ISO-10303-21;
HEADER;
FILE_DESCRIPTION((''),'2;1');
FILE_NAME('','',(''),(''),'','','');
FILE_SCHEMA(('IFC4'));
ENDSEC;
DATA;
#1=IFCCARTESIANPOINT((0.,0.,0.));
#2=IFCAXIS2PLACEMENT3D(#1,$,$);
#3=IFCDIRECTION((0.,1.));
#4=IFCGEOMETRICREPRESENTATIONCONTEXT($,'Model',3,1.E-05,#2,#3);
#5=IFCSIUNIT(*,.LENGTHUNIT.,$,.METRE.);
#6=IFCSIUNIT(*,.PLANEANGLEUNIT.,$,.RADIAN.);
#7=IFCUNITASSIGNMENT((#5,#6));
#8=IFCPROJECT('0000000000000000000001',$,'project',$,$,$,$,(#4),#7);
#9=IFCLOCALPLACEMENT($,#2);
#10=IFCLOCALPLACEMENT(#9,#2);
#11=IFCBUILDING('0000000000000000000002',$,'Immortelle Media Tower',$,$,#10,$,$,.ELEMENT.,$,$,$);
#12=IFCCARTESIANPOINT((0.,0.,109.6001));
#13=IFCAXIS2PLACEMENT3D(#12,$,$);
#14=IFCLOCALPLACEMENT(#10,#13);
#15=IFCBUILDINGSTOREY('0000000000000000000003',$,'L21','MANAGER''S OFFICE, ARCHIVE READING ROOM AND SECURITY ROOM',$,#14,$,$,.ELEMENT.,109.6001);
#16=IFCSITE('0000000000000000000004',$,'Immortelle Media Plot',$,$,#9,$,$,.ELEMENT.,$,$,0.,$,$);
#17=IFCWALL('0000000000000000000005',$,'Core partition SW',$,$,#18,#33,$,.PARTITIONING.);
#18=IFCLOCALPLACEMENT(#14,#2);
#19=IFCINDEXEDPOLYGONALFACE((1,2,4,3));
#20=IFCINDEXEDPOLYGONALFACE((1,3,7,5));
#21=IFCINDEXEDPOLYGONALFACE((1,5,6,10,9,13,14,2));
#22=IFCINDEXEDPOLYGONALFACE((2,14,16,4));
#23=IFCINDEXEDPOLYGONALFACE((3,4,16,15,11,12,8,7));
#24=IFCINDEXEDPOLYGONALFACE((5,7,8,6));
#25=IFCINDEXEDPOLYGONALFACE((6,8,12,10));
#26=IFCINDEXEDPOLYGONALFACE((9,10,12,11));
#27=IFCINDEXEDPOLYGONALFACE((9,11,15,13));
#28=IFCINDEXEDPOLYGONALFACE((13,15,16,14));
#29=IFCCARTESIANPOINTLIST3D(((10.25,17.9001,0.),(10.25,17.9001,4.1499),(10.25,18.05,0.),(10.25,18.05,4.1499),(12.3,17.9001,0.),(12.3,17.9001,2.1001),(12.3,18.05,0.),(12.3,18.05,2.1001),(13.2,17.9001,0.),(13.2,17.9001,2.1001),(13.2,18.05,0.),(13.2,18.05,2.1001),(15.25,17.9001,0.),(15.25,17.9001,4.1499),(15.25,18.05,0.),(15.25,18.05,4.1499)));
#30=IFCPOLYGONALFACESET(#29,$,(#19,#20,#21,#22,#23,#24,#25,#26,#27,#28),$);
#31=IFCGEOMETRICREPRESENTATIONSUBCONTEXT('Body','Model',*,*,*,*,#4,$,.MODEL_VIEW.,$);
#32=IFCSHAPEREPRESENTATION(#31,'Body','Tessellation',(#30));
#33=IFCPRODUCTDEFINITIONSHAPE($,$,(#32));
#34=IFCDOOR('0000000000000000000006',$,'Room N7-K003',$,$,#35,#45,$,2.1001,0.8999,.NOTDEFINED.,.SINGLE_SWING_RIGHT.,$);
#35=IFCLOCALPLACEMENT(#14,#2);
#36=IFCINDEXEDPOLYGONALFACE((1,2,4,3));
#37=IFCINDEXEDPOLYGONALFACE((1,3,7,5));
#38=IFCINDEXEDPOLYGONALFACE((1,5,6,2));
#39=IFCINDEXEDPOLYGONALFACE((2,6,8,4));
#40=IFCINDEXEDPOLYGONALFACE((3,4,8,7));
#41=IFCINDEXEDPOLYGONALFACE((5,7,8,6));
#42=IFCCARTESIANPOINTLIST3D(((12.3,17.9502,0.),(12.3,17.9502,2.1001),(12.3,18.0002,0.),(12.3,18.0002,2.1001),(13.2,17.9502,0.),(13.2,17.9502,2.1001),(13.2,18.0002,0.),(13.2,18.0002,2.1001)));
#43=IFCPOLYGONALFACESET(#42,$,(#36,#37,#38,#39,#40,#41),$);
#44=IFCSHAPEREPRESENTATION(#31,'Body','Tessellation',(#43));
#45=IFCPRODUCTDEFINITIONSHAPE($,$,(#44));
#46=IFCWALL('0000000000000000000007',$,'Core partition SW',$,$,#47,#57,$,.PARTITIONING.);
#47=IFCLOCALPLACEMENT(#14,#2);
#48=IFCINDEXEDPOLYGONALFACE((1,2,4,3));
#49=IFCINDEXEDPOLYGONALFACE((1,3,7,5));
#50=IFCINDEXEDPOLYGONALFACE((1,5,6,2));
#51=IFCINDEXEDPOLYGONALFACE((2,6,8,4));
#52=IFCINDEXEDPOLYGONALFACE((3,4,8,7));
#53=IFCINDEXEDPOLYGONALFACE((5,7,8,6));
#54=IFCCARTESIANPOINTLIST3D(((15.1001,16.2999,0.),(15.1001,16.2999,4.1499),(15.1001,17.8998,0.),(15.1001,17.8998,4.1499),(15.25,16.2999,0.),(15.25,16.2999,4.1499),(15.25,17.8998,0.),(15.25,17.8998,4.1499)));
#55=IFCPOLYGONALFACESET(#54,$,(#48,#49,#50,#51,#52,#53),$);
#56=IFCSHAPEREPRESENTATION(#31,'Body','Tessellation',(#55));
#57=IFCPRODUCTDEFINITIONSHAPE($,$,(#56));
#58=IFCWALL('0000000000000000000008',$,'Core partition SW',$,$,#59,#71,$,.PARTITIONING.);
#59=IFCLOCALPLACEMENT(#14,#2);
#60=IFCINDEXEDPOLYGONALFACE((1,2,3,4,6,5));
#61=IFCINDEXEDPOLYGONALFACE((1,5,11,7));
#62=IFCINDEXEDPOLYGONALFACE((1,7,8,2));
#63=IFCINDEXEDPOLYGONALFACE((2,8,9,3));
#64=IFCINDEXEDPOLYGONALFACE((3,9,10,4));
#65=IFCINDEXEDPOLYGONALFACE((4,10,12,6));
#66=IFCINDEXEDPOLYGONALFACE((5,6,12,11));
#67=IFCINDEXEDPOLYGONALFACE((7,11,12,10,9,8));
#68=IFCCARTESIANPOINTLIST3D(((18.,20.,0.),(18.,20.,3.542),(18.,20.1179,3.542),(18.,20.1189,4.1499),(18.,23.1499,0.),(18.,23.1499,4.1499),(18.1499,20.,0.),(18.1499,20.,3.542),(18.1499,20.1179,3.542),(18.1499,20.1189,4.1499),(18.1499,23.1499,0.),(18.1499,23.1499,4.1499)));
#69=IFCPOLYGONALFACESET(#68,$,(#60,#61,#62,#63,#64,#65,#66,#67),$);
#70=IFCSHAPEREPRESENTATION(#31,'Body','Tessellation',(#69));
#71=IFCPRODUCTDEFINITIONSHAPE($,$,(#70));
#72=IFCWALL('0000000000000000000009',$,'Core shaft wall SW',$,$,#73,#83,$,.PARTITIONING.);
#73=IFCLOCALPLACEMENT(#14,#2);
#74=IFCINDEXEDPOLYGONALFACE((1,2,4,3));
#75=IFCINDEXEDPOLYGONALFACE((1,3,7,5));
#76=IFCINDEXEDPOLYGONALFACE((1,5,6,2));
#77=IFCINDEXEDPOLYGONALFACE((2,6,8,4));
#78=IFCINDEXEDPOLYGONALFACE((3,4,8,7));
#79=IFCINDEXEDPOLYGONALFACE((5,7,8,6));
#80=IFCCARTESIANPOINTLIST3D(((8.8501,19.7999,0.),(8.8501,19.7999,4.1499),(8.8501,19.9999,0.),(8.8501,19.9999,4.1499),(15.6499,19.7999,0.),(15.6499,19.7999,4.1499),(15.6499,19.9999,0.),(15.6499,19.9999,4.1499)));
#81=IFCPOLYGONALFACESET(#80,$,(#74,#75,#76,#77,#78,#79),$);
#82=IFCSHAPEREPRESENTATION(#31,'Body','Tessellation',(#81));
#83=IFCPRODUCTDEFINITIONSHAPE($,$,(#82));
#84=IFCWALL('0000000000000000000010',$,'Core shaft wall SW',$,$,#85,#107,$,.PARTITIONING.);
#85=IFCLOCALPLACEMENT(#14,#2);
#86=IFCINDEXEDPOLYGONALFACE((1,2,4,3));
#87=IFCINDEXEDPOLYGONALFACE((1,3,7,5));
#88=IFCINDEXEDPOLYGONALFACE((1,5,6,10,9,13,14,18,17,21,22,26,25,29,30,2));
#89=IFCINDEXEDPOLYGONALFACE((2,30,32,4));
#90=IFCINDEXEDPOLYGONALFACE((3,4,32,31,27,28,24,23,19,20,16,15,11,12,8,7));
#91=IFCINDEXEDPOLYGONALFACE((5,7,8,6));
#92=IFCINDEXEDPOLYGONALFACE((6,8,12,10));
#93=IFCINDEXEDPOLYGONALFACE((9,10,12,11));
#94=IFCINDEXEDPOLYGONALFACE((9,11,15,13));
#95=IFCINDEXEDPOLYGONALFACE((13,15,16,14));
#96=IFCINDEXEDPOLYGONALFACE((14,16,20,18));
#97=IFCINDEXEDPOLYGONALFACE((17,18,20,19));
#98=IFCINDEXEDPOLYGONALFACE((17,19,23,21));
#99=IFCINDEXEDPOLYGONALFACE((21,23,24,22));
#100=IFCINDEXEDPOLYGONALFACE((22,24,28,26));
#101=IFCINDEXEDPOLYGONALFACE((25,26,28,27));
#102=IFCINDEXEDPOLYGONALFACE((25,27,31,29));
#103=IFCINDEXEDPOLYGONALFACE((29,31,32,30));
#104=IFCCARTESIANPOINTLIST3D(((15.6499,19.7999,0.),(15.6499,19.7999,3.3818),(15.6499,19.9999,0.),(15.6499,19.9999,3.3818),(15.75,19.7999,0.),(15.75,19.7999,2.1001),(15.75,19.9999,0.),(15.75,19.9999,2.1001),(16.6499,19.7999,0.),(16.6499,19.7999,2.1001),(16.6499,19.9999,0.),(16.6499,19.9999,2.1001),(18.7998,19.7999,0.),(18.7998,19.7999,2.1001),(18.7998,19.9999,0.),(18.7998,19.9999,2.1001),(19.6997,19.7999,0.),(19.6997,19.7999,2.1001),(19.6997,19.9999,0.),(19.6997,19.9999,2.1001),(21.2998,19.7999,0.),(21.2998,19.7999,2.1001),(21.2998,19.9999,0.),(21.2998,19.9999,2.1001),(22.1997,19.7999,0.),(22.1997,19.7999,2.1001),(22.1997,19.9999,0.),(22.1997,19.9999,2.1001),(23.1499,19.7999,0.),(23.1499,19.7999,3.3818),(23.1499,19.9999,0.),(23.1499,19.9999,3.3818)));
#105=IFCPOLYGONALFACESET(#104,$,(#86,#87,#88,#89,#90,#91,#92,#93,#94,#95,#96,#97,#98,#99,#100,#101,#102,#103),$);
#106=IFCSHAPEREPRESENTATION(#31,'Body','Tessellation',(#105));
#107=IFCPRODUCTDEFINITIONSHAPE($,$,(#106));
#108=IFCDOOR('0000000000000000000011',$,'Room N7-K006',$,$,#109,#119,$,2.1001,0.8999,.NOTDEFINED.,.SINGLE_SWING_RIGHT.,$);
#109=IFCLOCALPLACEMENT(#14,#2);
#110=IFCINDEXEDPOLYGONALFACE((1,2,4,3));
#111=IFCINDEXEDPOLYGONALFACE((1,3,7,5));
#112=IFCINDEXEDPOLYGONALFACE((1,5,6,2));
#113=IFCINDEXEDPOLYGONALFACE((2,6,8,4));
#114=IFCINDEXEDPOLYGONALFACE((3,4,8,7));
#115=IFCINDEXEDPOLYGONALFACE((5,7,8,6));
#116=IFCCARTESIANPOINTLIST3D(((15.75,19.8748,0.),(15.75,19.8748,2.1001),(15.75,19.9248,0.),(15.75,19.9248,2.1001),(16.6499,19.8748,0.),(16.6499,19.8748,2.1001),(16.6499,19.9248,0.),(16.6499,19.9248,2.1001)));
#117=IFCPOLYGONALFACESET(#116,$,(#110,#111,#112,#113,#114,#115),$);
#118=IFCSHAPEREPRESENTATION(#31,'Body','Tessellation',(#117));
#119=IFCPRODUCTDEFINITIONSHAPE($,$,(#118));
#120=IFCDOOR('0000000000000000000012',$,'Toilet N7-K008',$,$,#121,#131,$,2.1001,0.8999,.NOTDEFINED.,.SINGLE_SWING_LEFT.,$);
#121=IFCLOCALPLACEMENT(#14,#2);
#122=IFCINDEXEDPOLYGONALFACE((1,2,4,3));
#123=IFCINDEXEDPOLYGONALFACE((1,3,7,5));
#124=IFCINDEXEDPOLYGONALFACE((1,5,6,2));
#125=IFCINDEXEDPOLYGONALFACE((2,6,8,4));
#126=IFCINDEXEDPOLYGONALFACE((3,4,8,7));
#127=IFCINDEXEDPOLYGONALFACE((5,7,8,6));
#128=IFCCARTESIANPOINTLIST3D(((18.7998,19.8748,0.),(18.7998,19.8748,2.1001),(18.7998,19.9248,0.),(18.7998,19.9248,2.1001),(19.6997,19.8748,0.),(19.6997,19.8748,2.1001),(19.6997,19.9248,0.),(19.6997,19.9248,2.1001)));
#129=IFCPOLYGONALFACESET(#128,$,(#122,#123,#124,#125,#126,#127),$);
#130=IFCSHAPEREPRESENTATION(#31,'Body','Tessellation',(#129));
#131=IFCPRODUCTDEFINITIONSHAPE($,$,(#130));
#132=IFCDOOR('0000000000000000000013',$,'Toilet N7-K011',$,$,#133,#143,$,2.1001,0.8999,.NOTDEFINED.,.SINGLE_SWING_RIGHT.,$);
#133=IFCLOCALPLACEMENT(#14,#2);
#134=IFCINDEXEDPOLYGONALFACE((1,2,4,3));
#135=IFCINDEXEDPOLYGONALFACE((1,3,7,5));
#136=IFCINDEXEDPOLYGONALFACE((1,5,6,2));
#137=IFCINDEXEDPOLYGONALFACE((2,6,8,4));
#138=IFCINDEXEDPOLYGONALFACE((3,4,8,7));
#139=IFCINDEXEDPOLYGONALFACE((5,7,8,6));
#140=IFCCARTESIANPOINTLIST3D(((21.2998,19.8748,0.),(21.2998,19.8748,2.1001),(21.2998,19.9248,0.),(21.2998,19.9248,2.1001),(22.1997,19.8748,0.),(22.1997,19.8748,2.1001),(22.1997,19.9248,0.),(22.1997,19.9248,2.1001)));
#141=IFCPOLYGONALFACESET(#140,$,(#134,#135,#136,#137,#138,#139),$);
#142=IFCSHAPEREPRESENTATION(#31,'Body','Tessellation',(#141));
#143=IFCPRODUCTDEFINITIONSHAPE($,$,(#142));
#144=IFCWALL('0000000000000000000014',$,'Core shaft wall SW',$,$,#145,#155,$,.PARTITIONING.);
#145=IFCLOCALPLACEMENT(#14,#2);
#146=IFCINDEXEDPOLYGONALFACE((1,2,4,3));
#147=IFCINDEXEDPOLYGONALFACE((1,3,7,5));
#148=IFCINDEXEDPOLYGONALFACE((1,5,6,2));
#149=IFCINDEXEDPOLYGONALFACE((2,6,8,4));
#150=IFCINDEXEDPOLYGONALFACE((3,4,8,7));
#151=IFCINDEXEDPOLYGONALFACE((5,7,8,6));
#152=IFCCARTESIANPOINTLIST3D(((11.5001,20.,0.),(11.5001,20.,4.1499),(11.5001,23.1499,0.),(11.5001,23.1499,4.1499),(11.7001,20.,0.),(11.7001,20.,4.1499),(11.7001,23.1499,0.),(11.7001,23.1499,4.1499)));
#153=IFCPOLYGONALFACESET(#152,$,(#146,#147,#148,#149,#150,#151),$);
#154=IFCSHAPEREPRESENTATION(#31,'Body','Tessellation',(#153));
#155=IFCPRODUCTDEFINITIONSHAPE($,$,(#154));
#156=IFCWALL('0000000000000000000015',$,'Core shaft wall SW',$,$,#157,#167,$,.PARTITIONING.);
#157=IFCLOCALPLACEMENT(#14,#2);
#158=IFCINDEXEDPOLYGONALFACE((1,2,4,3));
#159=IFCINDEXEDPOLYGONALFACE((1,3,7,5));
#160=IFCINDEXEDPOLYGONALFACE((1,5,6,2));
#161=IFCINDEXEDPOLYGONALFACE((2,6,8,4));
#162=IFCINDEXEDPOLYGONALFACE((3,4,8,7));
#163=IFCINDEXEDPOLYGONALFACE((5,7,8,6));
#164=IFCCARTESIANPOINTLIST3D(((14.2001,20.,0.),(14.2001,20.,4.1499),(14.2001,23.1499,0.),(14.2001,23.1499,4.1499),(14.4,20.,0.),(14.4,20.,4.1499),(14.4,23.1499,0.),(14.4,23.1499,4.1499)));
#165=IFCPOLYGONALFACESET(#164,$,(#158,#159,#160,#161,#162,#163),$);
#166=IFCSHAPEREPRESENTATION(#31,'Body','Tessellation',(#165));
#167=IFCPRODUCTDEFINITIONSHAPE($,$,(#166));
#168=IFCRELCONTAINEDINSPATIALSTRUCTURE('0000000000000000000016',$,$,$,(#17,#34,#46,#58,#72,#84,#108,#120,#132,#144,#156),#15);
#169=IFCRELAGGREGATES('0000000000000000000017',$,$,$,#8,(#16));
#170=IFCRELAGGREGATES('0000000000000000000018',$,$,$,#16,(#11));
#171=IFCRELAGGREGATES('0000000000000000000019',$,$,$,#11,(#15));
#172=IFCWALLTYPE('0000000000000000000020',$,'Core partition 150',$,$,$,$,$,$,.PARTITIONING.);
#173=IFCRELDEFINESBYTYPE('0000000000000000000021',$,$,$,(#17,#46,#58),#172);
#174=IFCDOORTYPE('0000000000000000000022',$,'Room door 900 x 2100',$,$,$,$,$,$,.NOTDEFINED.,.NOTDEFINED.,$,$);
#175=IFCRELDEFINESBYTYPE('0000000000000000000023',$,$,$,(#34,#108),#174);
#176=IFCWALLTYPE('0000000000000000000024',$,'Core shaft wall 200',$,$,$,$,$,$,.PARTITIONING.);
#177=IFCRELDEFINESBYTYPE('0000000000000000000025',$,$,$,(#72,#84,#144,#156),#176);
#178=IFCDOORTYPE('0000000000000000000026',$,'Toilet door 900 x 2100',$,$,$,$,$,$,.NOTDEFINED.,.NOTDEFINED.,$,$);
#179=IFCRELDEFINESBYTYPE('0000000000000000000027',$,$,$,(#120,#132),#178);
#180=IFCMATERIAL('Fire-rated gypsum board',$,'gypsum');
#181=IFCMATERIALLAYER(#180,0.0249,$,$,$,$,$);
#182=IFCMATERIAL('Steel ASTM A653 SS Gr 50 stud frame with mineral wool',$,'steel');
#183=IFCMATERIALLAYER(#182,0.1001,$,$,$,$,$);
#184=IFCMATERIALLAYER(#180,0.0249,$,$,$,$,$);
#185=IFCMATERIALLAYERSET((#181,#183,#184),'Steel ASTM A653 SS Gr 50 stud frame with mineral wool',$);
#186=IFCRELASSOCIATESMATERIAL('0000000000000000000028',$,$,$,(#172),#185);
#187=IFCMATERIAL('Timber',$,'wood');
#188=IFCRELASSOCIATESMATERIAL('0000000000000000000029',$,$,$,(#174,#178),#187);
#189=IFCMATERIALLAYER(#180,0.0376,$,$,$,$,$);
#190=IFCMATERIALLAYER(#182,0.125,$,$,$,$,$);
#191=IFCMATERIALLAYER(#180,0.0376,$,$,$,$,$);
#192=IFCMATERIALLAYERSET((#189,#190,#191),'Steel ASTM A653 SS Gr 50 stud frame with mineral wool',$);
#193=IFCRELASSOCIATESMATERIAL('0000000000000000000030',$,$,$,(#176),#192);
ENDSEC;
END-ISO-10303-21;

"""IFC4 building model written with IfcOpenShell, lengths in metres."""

from ifc_helpers import new_model, si_unit, direction, frame, frame_2d, origin, place, context, subcontext, project, spatial, polyline, rectangle, outline, extrude, material, layer, layer_set, type_object, element, fill, save


model = new_model("IFC4")

# Units and contexts
model_context = context("Model", 3, precision=1e-05, world=origin(), true_north=direction((0.0, 1.0)))
body_context = subcontext(model_context, "Body", "Model", "MODEL_VIEW")
ifc_project = project(units=[si_unit("LENGTHUNIT", "METRE"), si_unit("PLANEANGLEUNIT", "RADIAN")], contexts=[model_context])

# Site, building, storey
site_placement = place(None, origin())
site = spatial("IfcSite", under=ifc_project, at=site_placement, Name="Immortelle Media Plot", CompositionType="ELEMENT", RefElevation=0.0)
building_placement = place(site_placement, origin())
building = spatial("IfcBuilding", under=site, at=building_placement, Name="Immortelle Media Tower", CompositionType="ELEMENT")
storey_placement = place(building_placement, frame((0.0, 0.0, 109.6001)))
storey = spatial("IfcBuildingStorey", under=building, at=storey_placement, Name="L21", Description="MANAGER'S OFFICE, ARCHIVE READING ROOM AND SECURITY ROOM", CompositionType="ELEMENT", Elevation=109.6001)

# Shared definitions
ifc_material_1 = material(Name="Fire-rated gypsum board", Category="gypsum")
ifc_layer_1 = layer(ifc_material_1, 0.0249)
ifc_material_2 = material(Name="Steel ASTM A653 SS Gr 50 stud frame with mineral wool", Category="steel")
ifc_layer_2 = layer(ifc_material_2, 0.1001)
ifc_layer_3 = layer(ifc_material_1, 0.0249)
ifc_layer_set_1 = layer_set([ifc_layer_1, ifc_layer_2, ifc_layer_3], Name="Steel ASTM A653 SS Gr 50 stud frame with mineral wool")
wall_type_1 = type_object("IfcWallType", Name="Core partition 150", PredefinedType="PARTITIONING", material=ifc_layer_set_1)

# Wall, opening, door
wall_1_placement = place(storey_placement, frame((10.25, 17.9751, 0.0), z_axis=(0.0, 0.0, 1.0), x_axis=(1.0, 0.0, 0.0)))
wall_1 = element("IfcWall", 1, at=wall_1_placement, inside=storey, type_object=wall_type_1, Name="Core partition SW", PredefinedType="PARTITIONING", context=body_context, shape_type="SweptSolid", body=[
    extrude(rectangle(XDim=5.0, YDim=0.1499, at=frame_2d((2.5, 0.0))), origin(), (0.0, 0.0, 1.0), 4.1499),
])
opening_1_placement = place(wall_1_placement, frame((2.95, 0.0, 0.0), z_axis=(0.0, 0.0, 1.0), x_axis=(-1.0, 0.0, 0.0)))
opening_1 = element("IfcOpeningElement", 2, at=opening_1_placement, cuts=wall_1, PredefinedType="OPENING", context=body_context, shape_type="SweptSolid", body=[
    extrude(rectangle(XDim=0.8999, YDim=2.1001, at=frame_2d((0.45, 1.05))), frame((0.0, 0.085, 0.0), z_axis=(0.0, -1.0, 0.0), x_axis=(1.0, 0.0, 0.0)), (0.0, 0.0, 1.0), 0.1699),
])
ifc_material_3 = material(Name="Timber", Category="wood")
door_type_1 = type_object("IfcDoorType", Name="Room door 900 x 2100", OperationType="NOTDEFINED", PredefinedType="NOTDEFINED", material=ifc_material_3)
door_1_placement = place(opening_1_placement, origin())
door_1 = element("IfcDoor", 3, at=door_1_placement, inside=storey, type_object=door_type_1, Name="Room N7-K003", OperationType="SINGLE_SWING_RIGHT", OverallHeight=2.1001, OverallWidth=0.8999, PredefinedType="NOTDEFINED", context=body_context, shape_type="SweptSolid", body=[
    extrude(rectangle(XDim=0.8999, YDim=2.1001, at=frame_2d((0.45, 1.05))), frame((0.0, 0.0249, 0.0), z_axis=(0.0, -1.0, 0.0), x_axis=(1.0, 0.0, 0.0)), (0.0, 0.0, 1.0), 0.05),
])
fill(opening_1, door_1)

# Walls
wall_2_placement = place(storey_placement, frame((15.175, 16.3, 0.0), z_axis=(0.0, 0.0, 1.0), x_axis=(0.0, 1.0, 0.0)))
element("IfcWall", 4, at=wall_2_placement, inside=storey, type_object=wall_type_1, Name="Core partition SW", PredefinedType="PARTITIONING", context=body_context, shape_type="SweptSolid", body=[
    extrude(rectangle(XDim=1.5999, YDim=0.1499, at=frame_2d((0.7998, 0.0))), origin(), (0.0, 0.0, 1.0), 4.1499),
])
wall_3_placement = place(storey_placement, frame((18.075, 20.0, 0.0), z_axis=(0.0, 0.0, 1.0), x_axis=(0.0, 1.0, 0.0)))
element("IfcWall", 5, at=wall_3_placement, inside=storey, type_object=wall_type_1, Name="Core partition SW", PredefinedType="PARTITIONING", context=body_context, shape_type="SweptSolid", body=[
    extrude(outline(polyline([(0.0, 0.0), (3.1499, 0.0), (3.1499, 4.1499), (0.1189, 4.1499), (0.1179, 3.542), (0.0, 3.542), (0.0, 0.0)])), frame((0.0, 0.075, 0.0), z_axis=(0.0, -1.0, 0.0), x_axis=(1.0, 0.0, 0.0)), (0.0, 0.0, 1.0), 0.1499),
])
ifc_layer_4 = layer(ifc_material_1, 0.0376)
ifc_layer_5 = layer(ifc_material_2, 0.125)
ifc_layer_6 = layer(ifc_material_1, 0.0376)
ifc_layer_set_2 = layer_set([ifc_layer_4, ifc_layer_5, ifc_layer_6], Name="Steel ASTM A653 SS Gr 50 stud frame with mineral wool")
wall_type_2 = type_object("IfcWallType", Name="Core shaft wall 200", PredefinedType="PARTITIONING", material=ifc_layer_set_2)
wall_4_placement = place(storey_placement, frame((8.8501, 19.8999, 0.0), z_axis=(0.0, 0.0, 1.0), x_axis=(1.0, 0.0, 0.0)))
element("IfcWall", 6, at=wall_4_placement, inside=storey, type_object=wall_type_2, Name="Core shaft wall SW", PredefinedType="PARTITIONING", context=body_context, shape_type="SweptSolid", body=[
    extrude(rectangle(XDim=6.7998, YDim=0.2, at=frame_2d((3.3999, 0.0))), origin(), (0.0, 0.0, 1.0), 4.1499),
])

# Wall, openings, doors
wall_5_placement = place(storey_placement, frame((15.6499, 19.8999, 0.0), z_axis=(0.0, 0.0, 1.0), x_axis=(1.0, 0.0, 0.0)))
wall_5 = element("IfcWall", 7, at=wall_5_placement, inside=storey, type_object=wall_type_2, Name="Core shaft wall SW", PredefinedType="PARTITIONING", context=body_context, shape_type="SweptSolid", body=[
    extrude(rectangle(XDim=7.5, YDim=0.2, at=frame_2d((3.75, 0.0))), origin(), (0.0, 0.0, 1.0), 3.3818),
])
opening_2_placement = place(wall_5_placement, frame((0.1001, 0.0, 0.0)))
opening_2 = element("IfcOpeningElement", 8, at=opening_2_placement, cuts=wall_5, PredefinedType="OPENING", context=body_context, shape_type="SweptSolid", body=[
    extrude(rectangle(XDim=0.8999, YDim=2.1001, at=frame_2d((0.45, 1.05))), frame((0.0, 0.1099, 0.0), z_axis=(0.0, -1.0, 0.0), x_axis=(1.0, 0.0, 0.0)), (0.0, 0.0, 1.0), 0.22),
])
opening_3_placement = place(wall_5_placement, frame((3.1499, 0.0, 0.0)))
opening_3 = element("IfcOpeningElement", 9, at=opening_3_placement, cuts=wall_5, PredefinedType="OPENING", context=body_context, shape_type="SweptSolid", body=[
    extrude(rectangle(XDim=0.8999, YDim=2.1001, at=frame_2d((0.45, 1.05))), frame((0.0, 0.1099, 0.0), z_axis=(0.0, -1.0, 0.0), x_axis=(1.0, 0.0, 0.0)), (0.0, 0.0, 1.0), 0.22),
])
opening_4_placement = place(wall_5_placement, frame((5.6499, 0.0, 0.0)))
opening_4 = element("IfcOpeningElement", 10, at=opening_4_placement, cuts=wall_5, PredefinedType="OPENING", context=body_context, shape_type="SweptSolid", body=[
    extrude(rectangle(XDim=0.8999, YDim=2.1001, at=frame_2d((0.45, 1.05))), frame((0.0, 0.1099, 0.0), z_axis=(0.0, -1.0, 0.0), x_axis=(1.0, 0.0, 0.0)), (0.0, 0.0, 1.0), 0.22),
])
door_2_placement = place(opening_2_placement, origin())
door_2 = element("IfcDoor", 11, at=door_2_placement, inside=storey, type_object=door_type_1, Name="Room N7-K006", OperationType="SINGLE_SWING_RIGHT", OverallHeight=2.1001, OverallWidth=0.8999, PredefinedType="NOTDEFINED", context=body_context, shape_type="SweptSolid", body=[
    extrude(rectangle(XDim=0.8999, YDim=2.1001, at=frame_2d((0.45, 1.05))), frame((0.0, 0.0249, 0.0), z_axis=(0.0, -1.0, 0.0), x_axis=(1.0, 0.0, 0.0)), (0.0, 0.0, 1.0), 0.05),
])
fill(opening_2, door_2)
door_type_2 = type_object("IfcDoorType", Name="Toilet door 900 x 2100", OperationType="NOTDEFINED", PredefinedType="NOTDEFINED", material=ifc_material_3)
door_3_placement = place(opening_3_placement, origin())
door_3 = element("IfcDoor", 12, at=door_3_placement, inside=storey, type_object=door_type_2, Name="Toilet N7-K008", OperationType="SINGLE_SWING_LEFT", OverallHeight=2.1001, OverallWidth=0.8999, PredefinedType="NOTDEFINED", context=body_context, shape_type="SweptSolid", body=[
    extrude(rectangle(XDim=0.8999, YDim=2.1001, at=frame_2d((0.45, 1.05))), frame((0.0, 0.0249, 0.0), z_axis=(0.0, -1.0, 0.0), x_axis=(1.0, 0.0, 0.0)), (0.0, 0.0, 1.0), 0.05),
])
fill(opening_3, door_3)
door_4_placement = place(opening_4_placement, origin())
door_4 = element("IfcDoor", 13, at=door_4_placement, inside=storey, type_object=door_type_2, Name="Toilet N7-K011", OperationType="SINGLE_SWING_RIGHT", OverallHeight=2.1001, OverallWidth=0.8999, PredefinedType="NOTDEFINED", context=body_context, shape_type="SweptSolid", body=[
    extrude(rectangle(XDim=0.8999, YDim=2.1001, at=frame_2d((0.45, 1.05))), frame((0.0, 0.0249, 0.0), z_axis=(0.0, -1.0, 0.0), x_axis=(1.0, 0.0, 0.0)), (0.0, 0.0, 1.0), 0.05),
])
fill(opening_4, door_4)

# Walls
for number, where, z_axis, x_axis, name in (
    (14, (11.6001, 20.0, 0.0), (0.0, 0.0, 1.0), (0.0, 1.0, 0.0), "Core shaft wall SW"),
    (15, (14.3, 20.0, 0.0), (0.0, 0.0, 1.0), (0.0, 1.0, 0.0), "Core shaft wall SW"),
):
    element("IfcWall", number, at=place(storey_placement, frame(where, z_axis=z_axis, x_axis=x_axis)), inside=storey, type_object=wall_type_2, Name=name, PredefinedType="PARTITIONING", context=body_context, shape_type="SweptSolid", body=[
        extrude(rectangle(XDim=3.1499, YDim=0.2, at=frame_2d((1.575, 0.0))), origin(), (0.0, 0.0, 1.0), 4.1499),
    ])

save(model, "model.ifc")
